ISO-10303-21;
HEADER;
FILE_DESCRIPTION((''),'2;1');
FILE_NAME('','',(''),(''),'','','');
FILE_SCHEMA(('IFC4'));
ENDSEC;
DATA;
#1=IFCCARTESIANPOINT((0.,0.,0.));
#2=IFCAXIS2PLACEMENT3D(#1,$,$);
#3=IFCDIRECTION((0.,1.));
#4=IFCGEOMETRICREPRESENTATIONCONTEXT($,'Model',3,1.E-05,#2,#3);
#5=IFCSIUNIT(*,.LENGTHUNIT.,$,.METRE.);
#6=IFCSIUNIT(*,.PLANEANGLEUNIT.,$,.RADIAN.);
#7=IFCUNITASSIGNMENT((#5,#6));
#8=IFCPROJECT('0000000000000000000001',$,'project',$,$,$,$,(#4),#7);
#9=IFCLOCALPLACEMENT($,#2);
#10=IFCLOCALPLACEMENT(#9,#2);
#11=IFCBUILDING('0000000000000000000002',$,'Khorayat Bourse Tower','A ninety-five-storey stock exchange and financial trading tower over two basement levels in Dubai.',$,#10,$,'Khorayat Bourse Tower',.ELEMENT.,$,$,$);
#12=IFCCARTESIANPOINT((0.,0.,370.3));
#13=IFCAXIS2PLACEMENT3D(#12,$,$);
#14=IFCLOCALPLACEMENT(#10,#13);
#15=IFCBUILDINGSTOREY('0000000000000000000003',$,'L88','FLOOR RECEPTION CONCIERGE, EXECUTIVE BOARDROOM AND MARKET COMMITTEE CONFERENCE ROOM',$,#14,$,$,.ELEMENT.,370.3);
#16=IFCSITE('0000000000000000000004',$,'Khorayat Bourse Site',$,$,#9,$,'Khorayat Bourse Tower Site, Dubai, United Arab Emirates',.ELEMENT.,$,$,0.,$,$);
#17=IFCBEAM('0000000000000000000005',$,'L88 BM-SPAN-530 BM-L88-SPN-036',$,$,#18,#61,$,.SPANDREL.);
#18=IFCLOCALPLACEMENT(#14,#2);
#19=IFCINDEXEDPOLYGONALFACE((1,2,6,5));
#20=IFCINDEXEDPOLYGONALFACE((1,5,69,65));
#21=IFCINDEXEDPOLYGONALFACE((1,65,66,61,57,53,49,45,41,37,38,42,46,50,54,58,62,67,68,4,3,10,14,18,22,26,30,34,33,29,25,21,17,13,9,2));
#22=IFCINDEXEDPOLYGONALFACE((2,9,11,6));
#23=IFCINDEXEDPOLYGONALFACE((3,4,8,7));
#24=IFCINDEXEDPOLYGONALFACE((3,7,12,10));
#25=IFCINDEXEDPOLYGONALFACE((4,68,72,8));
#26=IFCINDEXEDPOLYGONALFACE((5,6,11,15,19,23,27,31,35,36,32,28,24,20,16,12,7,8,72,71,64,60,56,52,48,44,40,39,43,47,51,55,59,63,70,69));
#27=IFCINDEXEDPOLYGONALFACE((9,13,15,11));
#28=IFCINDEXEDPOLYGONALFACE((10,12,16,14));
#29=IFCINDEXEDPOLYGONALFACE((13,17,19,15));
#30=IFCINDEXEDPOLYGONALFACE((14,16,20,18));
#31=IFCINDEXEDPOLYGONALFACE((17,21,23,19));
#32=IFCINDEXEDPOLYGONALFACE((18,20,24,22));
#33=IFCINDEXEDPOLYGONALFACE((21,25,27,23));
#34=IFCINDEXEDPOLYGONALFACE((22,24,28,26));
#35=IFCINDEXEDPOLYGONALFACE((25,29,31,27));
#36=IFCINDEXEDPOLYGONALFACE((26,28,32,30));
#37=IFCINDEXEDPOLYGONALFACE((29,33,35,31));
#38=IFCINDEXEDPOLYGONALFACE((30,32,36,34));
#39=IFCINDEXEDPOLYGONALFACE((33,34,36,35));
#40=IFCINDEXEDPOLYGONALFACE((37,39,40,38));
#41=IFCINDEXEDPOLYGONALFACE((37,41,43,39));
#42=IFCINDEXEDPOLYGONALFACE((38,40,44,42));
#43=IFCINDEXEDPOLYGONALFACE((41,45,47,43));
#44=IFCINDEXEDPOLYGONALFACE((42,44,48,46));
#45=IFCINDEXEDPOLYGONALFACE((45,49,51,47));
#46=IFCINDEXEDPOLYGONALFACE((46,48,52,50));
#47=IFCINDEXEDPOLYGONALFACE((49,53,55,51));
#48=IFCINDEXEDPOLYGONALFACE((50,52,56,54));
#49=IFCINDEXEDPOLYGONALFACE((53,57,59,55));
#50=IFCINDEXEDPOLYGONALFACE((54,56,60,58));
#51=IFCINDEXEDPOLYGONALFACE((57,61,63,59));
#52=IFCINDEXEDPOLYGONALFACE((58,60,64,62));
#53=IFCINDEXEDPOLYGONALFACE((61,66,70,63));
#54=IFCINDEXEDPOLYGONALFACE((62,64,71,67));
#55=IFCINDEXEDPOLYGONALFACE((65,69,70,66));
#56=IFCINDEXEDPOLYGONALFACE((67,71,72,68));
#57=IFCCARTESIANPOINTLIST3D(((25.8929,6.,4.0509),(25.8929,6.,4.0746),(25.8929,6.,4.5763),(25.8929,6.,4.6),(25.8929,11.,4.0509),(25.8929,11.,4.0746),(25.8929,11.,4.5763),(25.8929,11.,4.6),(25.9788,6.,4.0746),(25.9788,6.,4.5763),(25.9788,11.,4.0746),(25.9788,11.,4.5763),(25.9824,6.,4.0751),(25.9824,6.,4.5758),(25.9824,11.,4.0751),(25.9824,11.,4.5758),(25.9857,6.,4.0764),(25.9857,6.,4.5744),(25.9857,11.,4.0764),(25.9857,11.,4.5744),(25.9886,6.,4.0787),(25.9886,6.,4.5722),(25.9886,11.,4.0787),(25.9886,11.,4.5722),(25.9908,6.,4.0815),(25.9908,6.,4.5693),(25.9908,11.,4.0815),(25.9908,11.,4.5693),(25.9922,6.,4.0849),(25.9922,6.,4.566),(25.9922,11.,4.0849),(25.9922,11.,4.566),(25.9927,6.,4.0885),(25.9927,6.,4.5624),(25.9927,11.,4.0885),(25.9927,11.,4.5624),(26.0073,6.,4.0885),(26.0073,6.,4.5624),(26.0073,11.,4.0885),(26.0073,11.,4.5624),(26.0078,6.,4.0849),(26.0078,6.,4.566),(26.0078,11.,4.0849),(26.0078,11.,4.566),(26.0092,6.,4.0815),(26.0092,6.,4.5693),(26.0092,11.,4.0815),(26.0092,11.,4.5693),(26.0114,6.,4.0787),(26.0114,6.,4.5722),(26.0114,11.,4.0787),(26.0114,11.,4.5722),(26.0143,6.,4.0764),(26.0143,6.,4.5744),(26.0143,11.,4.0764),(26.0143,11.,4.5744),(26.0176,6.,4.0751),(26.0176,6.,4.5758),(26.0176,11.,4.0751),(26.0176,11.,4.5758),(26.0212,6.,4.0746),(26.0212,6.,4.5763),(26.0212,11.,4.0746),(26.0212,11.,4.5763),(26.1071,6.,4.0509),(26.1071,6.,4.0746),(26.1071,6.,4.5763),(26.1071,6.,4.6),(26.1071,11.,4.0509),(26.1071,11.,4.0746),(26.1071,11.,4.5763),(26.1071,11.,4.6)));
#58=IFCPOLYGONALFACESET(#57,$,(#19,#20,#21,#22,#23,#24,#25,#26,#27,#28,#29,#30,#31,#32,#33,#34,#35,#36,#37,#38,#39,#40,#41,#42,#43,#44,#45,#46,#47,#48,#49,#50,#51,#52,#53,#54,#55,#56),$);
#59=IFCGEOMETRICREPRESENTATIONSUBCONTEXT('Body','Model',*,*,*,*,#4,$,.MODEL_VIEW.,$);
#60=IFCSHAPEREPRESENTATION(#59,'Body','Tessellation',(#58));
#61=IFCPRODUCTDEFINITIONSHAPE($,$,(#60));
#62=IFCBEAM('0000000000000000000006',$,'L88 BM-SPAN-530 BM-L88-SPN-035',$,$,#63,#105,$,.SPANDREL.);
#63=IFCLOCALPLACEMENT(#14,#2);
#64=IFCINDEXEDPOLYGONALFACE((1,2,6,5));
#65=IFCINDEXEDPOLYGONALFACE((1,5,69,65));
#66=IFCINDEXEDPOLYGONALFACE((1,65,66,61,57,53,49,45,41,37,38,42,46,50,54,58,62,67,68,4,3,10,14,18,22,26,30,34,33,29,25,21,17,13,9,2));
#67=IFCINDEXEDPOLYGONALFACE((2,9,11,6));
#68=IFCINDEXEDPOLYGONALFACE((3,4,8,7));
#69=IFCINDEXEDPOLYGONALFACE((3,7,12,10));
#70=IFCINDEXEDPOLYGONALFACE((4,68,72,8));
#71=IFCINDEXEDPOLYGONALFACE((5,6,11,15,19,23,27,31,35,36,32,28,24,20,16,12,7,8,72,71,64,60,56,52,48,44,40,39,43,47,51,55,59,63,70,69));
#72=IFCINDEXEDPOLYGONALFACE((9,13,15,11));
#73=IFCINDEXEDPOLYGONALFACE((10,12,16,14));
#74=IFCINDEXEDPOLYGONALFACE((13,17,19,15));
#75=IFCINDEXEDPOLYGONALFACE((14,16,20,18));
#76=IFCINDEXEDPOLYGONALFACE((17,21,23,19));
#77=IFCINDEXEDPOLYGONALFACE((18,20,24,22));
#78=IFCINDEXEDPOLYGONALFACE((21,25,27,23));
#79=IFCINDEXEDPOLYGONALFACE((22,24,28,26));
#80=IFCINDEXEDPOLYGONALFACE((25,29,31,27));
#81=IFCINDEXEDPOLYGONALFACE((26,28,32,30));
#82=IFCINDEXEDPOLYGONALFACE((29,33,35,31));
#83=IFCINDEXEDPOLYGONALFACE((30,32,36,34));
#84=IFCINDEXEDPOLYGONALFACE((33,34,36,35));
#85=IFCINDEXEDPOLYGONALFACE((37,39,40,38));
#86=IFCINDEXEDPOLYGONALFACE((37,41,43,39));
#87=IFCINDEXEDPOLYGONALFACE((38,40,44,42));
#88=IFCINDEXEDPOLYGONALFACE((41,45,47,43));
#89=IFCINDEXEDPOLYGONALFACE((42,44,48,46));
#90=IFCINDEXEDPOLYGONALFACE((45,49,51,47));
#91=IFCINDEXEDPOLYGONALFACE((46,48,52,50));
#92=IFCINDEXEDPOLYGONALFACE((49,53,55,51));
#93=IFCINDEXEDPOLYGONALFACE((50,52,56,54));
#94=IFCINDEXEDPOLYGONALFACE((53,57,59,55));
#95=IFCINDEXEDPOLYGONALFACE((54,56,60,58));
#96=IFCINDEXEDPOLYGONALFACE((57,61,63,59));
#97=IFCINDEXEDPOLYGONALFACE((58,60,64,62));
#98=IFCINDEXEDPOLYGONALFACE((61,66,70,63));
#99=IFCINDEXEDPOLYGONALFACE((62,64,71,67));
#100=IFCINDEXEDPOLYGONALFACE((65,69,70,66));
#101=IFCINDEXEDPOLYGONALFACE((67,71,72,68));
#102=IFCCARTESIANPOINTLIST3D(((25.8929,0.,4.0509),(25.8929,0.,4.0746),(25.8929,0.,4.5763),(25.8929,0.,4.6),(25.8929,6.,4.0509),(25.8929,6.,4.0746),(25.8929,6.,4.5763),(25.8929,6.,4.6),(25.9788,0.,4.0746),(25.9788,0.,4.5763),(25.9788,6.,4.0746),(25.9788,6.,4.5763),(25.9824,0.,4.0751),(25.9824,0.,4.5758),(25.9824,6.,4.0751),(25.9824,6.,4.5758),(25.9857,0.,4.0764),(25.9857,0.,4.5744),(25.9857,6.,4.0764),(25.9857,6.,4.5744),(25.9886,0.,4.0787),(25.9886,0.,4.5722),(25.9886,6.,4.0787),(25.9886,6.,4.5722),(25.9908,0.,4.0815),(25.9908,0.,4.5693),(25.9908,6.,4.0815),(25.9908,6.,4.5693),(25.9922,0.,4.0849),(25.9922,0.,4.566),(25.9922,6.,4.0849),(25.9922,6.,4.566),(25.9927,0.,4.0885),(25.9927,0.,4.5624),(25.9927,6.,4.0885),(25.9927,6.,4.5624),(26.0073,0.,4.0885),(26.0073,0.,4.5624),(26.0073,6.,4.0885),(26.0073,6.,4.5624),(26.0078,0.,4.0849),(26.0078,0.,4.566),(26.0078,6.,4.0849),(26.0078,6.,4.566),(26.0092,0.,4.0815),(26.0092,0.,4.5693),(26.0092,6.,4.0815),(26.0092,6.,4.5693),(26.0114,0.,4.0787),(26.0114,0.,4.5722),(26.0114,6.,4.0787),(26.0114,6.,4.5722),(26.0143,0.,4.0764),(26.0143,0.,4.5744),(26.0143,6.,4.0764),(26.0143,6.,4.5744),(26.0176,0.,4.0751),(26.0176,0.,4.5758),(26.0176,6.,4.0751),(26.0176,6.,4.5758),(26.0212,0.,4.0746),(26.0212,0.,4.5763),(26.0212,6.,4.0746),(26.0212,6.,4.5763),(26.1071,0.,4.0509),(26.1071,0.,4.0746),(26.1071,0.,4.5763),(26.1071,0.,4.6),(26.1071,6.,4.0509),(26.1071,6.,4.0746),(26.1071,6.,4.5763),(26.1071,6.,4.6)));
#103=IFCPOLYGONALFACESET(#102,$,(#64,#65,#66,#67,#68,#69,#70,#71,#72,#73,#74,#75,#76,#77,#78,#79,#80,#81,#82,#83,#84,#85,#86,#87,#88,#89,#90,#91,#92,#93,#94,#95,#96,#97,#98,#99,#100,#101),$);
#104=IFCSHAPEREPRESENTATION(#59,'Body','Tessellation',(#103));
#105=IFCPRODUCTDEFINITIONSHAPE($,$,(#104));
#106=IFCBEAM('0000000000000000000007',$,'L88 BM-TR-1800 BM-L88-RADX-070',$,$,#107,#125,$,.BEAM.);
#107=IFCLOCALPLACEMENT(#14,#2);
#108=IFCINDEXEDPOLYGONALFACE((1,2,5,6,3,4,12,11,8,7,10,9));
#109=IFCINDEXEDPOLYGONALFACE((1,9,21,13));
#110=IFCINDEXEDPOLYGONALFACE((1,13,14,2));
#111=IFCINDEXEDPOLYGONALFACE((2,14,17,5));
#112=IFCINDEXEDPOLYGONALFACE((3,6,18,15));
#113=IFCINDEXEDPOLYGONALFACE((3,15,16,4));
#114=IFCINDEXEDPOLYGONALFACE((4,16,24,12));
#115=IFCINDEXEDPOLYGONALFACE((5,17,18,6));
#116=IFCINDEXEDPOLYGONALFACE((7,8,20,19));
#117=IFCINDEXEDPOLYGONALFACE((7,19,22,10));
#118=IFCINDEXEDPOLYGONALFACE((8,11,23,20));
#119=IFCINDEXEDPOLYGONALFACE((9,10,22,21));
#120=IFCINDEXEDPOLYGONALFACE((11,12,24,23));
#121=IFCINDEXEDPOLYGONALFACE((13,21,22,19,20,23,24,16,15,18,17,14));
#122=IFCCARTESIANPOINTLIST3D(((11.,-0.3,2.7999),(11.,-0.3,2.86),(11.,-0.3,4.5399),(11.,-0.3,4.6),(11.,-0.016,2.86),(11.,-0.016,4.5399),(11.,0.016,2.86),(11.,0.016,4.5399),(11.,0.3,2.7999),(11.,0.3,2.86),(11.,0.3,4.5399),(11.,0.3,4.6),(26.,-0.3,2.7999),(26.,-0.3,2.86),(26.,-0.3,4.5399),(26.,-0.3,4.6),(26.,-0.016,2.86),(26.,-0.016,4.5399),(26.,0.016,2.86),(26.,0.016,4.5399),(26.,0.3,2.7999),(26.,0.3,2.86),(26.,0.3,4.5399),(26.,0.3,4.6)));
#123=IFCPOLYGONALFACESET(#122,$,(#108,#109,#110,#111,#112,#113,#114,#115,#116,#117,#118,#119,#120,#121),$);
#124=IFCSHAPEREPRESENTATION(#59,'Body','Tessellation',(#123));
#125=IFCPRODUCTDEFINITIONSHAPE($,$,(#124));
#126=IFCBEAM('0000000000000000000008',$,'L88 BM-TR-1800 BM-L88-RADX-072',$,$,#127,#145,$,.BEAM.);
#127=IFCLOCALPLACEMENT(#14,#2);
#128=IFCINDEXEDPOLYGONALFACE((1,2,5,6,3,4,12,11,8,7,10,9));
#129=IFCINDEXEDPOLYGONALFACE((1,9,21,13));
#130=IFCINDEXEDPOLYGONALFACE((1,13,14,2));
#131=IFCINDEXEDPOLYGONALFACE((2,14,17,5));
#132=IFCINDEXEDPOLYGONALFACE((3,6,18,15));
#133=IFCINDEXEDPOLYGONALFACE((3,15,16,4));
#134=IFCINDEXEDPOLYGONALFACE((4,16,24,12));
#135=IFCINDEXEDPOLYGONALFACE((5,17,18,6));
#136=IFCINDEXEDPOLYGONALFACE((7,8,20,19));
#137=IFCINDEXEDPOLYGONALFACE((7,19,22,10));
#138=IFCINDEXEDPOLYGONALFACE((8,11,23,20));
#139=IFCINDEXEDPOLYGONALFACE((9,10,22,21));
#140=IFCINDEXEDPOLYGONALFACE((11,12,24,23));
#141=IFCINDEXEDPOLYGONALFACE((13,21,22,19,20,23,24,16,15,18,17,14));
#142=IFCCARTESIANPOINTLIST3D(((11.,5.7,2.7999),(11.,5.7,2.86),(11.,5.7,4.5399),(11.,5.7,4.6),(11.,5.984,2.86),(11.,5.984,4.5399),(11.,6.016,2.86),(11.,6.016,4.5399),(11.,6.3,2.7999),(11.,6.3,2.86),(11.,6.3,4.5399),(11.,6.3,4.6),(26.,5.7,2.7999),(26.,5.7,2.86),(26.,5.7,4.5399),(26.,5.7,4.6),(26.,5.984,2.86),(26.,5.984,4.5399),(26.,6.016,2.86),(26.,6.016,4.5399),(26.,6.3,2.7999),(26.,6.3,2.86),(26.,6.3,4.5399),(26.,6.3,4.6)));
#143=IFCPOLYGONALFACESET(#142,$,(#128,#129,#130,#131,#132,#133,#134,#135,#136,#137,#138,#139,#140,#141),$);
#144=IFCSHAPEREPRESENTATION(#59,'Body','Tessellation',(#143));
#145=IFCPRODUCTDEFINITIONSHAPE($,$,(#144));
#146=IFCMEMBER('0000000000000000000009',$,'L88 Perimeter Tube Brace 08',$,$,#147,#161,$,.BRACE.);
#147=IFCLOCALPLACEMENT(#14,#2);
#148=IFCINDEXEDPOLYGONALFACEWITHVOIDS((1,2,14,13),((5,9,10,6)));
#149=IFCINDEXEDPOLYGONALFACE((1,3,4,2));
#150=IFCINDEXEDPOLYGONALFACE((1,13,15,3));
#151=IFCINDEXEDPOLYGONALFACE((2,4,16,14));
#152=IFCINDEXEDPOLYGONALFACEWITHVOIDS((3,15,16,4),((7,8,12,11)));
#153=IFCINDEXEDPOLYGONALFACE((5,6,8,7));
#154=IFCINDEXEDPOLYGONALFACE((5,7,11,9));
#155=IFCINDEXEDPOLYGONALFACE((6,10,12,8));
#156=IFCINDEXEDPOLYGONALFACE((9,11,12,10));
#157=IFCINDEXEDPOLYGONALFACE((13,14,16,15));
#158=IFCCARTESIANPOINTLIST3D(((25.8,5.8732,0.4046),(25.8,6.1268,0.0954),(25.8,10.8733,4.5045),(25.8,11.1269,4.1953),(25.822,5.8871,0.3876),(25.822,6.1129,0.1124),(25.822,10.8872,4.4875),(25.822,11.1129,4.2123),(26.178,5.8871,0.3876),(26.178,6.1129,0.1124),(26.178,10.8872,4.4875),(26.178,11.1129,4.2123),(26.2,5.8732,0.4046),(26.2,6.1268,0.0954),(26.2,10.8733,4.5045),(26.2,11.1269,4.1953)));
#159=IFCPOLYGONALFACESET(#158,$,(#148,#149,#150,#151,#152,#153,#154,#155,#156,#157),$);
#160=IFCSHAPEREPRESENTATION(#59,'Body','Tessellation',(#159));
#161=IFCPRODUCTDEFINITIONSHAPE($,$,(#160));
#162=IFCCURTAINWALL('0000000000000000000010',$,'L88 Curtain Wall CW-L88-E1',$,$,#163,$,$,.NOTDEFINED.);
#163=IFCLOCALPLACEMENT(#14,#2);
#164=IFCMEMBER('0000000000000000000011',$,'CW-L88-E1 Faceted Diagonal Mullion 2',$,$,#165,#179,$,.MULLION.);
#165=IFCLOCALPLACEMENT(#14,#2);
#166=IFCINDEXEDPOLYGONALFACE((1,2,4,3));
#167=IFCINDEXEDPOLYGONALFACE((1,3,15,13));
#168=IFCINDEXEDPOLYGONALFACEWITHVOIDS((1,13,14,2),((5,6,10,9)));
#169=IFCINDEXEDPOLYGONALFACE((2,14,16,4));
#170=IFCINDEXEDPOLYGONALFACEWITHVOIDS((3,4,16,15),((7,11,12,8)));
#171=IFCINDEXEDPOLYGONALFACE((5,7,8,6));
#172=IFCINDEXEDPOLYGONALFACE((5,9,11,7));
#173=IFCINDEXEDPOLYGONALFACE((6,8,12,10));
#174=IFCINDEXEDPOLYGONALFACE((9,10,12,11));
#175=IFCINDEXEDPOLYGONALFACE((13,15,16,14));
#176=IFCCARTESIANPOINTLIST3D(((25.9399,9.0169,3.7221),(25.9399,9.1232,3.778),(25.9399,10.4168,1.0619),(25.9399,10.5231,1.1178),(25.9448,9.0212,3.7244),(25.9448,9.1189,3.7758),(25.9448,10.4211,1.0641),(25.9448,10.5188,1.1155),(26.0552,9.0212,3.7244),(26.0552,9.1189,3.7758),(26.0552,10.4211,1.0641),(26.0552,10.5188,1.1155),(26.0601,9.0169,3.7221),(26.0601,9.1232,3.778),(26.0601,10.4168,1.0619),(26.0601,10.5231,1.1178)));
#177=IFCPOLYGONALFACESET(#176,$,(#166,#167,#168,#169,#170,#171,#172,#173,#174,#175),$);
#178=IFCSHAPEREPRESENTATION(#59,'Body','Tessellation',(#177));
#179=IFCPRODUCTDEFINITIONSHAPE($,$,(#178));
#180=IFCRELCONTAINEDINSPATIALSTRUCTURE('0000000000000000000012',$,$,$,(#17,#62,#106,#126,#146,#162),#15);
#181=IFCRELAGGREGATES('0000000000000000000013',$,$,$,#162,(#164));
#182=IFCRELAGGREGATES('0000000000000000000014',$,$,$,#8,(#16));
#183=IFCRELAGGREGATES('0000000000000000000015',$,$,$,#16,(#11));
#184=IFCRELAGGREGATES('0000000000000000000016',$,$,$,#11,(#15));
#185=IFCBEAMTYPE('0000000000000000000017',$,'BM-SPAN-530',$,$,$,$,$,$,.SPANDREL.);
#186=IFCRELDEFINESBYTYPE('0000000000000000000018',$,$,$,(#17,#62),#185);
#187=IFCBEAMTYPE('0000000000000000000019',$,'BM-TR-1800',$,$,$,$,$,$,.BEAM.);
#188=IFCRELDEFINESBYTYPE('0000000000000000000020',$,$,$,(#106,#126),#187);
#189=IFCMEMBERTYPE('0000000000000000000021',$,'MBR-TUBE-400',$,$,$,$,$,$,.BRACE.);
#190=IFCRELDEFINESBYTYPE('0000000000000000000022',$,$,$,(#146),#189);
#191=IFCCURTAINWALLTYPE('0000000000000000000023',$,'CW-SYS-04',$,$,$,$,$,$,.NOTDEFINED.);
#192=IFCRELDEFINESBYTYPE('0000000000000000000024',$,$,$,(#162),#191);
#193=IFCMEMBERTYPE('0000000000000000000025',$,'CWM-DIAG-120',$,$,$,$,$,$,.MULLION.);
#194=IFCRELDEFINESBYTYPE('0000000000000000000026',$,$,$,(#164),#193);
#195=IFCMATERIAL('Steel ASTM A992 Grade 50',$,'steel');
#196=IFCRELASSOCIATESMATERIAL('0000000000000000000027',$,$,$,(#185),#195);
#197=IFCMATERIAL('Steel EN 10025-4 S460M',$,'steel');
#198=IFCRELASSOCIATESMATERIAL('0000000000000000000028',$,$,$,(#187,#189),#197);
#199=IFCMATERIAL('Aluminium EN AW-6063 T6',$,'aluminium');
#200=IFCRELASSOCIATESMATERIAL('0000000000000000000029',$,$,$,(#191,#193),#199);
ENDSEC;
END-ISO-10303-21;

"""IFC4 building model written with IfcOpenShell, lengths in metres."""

from ifc_helpers import new_model, si_unit, direction, frame, origin, origin_2d, place, context, subcontext, project, spatial, hollow_rectangle, i_section, extrude, source, transform, mapped, material, material_profile, profile_set, type_object, element, aggregate, save


model = new_model("IFC4")

# Units and contexts
model_context = context("Model", 3, precision=1e-05, world=origin(), true_north=direction((0.0, 1.0)))
body_context = subcontext(model_context, "Body", "Model", "MODEL_VIEW")
ifc_project = project(units=[si_unit("LENGTHUNIT", "METRE"), si_unit("PLANEANGLEUNIT", "RADIAN")], contexts=[model_context])

# Site, building, storey
site_placement = place(None, origin())
site = spatial("IfcSite", under=ifc_project, at=site_placement, Name="Khorayat Bourse Site", LongName="Khorayat Bourse Tower Site, Dubai, United Arab Emirates", CompositionType="ELEMENT", RefElevation=0.0)
building_placement = place(site_placement, origin())
building = spatial("IfcBuilding", under=site, at=building_placement, Name="Khorayat Bourse Tower", Description="A ninety-five-storey stock exchange and financial trading tower over two basement levels in Dubai.", LongName="Khorayat Bourse Tower", CompositionType="ELEMENT")
storey_placement = place(building_placement, frame((0.0, 0.0, 370.3)))
storey = spatial("IfcBuildingStorey", under=building, at=storey_placement, Name="L88", Description="FLOOR RECEPTION CONCIERGE, EXECUTIVE BOARDROOM AND MARKET COMMITTEE CONFERENCE ROOM", CompositionType="ELEMENT", Elevation=370.3)

# Beams
ifc_material_1 = material(Name="Steel ASTM A992 Grade 50", Category="steel")
ifc_material_profile_1 = material_profile(ifc_material_1, i_section(OverallWidth=0.2141, OverallDepth=0.5491, WebThickness=0.0146, FlangeThickness=0.0237, FilletRadius=0.0139, at=origin_2d()), Name="W530X138")
ifc_profile_set_1 = profile_set([ifc_material_profile_1], Name="Steel ASTM A992 Grade 50")
beam_type_1 = type_object("IfcBeamType", Name="BM-SPAN-530", PredefinedType="SPANDREL", material=ifc_profile_set_1)
shared_shape_1 = source(origin(), body_context, "Body", "SweptSolid", [
    extrude(i_section(OverallWidth=0.2141, OverallDepth=0.5491, WebThickness=0.0146, FlangeThickness=0.0237, FilletRadius=0.0139, at=origin_2d()), origin(), (0.0, 0.0, 1.0), 5.0),
])
beam_1_placement = place(storey_placement, frame((26.0, 6.0, 4.3254), z_axis=(0.0, 1.0, 0.0), x_axis=(-1.0, 0.0, 0.0)))
element("IfcBeam", 1, at=beam_1_placement, inside=storey, type_object=beam_type_1, Name="L88 BM-SPAN-530 BM-L88-SPN-036", PredefinedType="SPANDREL", context=body_context, shape_type="MappedRepresentation", body=[
    mapped(shared_shape_1, transform((0.0, 0.0, 0.0), scale=1.0)),
])
shared_shape_2 = source(origin(), body_context, "Body", "SweptSolid", [
    extrude(i_section(OverallWidth=0.2141, OverallDepth=0.5491, WebThickness=0.0146, FlangeThickness=0.0237, FilletRadius=0.0139, at=origin_2d()), origin(), (0.0, 0.0, 1.0), 6.0),
])
beam_2_placement = place(storey_placement, frame((26.0, 0.0, 4.3254), z_axis=(0.0, 1.0, 0.0), x_axis=(-1.0, 0.0, 0.0)))
element("IfcBeam", 2, at=beam_2_placement, inside=storey, type_object=beam_type_1, Name="L88 BM-SPAN-530 BM-L88-SPN-035", PredefinedType="SPANDREL", context=body_context, shape_type="MappedRepresentation", body=[
    mapped(shared_shape_2, transform((0.0, 0.0, 0.0), scale=1.0)),
])
ifc_material_2 = material(Name="Steel EN 10025-4 S460M", Category="steel")
ifc_material_profile_2 = material_profile(ifc_material_2, i_section(OverallWidth=0.6001, OverallDepth=1.8, WebThickness=0.032, FlangeThickness=0.0601, at=origin_2d()), Name="PG 1800x600x32x60")
ifc_profile_set_2 = profile_set([ifc_material_profile_2], Name="Steel EN 10025-4 S460M")
beam_type_2 = type_object("IfcBeamType", Name="BM-TR-1800", PredefinedType="BEAM", material=ifc_profile_set_2)
shared_shape_3 = source(origin(), body_context, "Body", "SweptSolid", [
    extrude(i_section(OverallWidth=0.6001, OverallDepth=1.8, WebThickness=0.032, FlangeThickness=0.0601, at=origin_2d()), origin(), (0.0, 0.0, 1.0), 15.0),
])
for number, where, z_axis, x_axis, name in (
    (3, (11.0, 0.0, 3.7), (1.0, 0.0, 0.0), (0.0, 1.0, 0.0), "L88 BM-TR-1800 BM-L88-RADX-070"),
    (4, (11.0, 6.0, 3.7), (1.0, 0.0, 0.0), (0.0, 1.0, 0.0), "L88 BM-TR-1800 BM-L88-RADX-072"),
):
    element("IfcBeam", number, at=place(storey_placement, frame(where, z_axis=z_axis, x_axis=x_axis)), inside=storey, type_object=beam_type_2, Name=name, PredefinedType="BEAM", context=body_context, shape_type="MappedRepresentation", body=[
        mapped(shared_shape_3, transform((0.0, 0.0, 0.0), scale=1.0)),
    ])

# Member
ifc_material_profile_3 = material_profile(ifc_material_2, hollow_rectangle(XDim=0.3999, YDim=0.3999, WallThickness=0.022, at=origin_2d()), Name="HSS 400x400x22")
ifc_profile_set_3 = profile_set([ifc_material_profile_3], Name="Steel EN 10025-4 S460M")
member_type_1 = type_object("IfcMemberType", Name="MBR-TUBE-400", PredefinedType="BRACE", material=ifc_profile_set_3)
shared_shape_4 = source(origin(), body_context, "Body", "SweptSolid", [
    extrude(hollow_rectangle(XDim=0.3999, YDim=0.3999, WallThickness=0.022, at=origin_2d()), origin(), (0.0, 0.0, 1.0), 6.4661),
])
member_1_placement = place(storey_placement, frame((26.0, 6.0, 0.25), z_axis=(0.0, 0.773279, 0.634066), x_axis=(-1.0, 0.0, 0.0)))
element("IfcMember", 5, at=member_1_placement, inside=storey, type_object=member_type_1, Name="L88 Perimeter Tube Brace 08", PredefinedType="BRACE", context=body_context, shape_type="MappedRepresentation", body=[
    mapped(shared_shape_4, transform((0.0, 0.0, 0.0), scale=1.0)),
])

# Curtain wall, member
ifc_material_3 = material(Name="Aluminium EN AW-6063 T6", Category="aluminium")
curtain_wall_type = type_object("IfcCurtainWallType", Name="CW-SYS-04", PredefinedType="NOTDEFINED", material=ifc_material_3)
curtain_wall_placement = place(storey_placement, origin())
curtain_wall = element("IfcCurtainWall", 6, at=curtain_wall_placement, inside=storey, type_object=curtain_wall_type, Name="L88 Curtain Wall CW-L88-E1", PredefinedType="NOTDEFINED")
ifc_material_profile_4 = material_profile(ifc_material_3, hollow_rectangle(XDim=0.1201, YDim=0.1201, WallThickness=0.0049, at=origin_2d()), Name="ALU 120x120x5")
ifc_profile_set_4 = profile_set([ifc_material_profile_4], Name="Aluminium EN AW-6063 T6")
member_type_2 = type_object("IfcMemberType", Name="CWM-DIAG-120", PredefinedType="MULLION", material=ifc_profile_set_4)
shared_shape_5 = source(origin(), body_context, "Body", "SweptSolid", [
    extrude(hollow_rectangle(XDim=0.1201, YDim=0.1201, WallThickness=0.0049, at=origin_2d()), origin(), (0.0, 0.0, 1.0), 3.0061),
])
member_2_placement = place(storey_placement, frame((26.0, 10.47, 1.0898), z_axis=(0.0, -0.4657, 0.884943), x_axis=(1.0, 0.0, 0.0)))
member_2 = element("IfcMember", 7, at=member_2_placement, type_object=member_type_2, Name="CW-L88-E1 Faceted Diagonal Mullion 2", PredefinedType="MULLION", context=body_context, shape_type="MappedRepresentation", body=[
    mapped(shared_shape_5, transform((0.0, 0.0, 0.0), scale=1.0)),
])

aggregate(curtain_wall, [member_2])

save(model, "model.ifc")
